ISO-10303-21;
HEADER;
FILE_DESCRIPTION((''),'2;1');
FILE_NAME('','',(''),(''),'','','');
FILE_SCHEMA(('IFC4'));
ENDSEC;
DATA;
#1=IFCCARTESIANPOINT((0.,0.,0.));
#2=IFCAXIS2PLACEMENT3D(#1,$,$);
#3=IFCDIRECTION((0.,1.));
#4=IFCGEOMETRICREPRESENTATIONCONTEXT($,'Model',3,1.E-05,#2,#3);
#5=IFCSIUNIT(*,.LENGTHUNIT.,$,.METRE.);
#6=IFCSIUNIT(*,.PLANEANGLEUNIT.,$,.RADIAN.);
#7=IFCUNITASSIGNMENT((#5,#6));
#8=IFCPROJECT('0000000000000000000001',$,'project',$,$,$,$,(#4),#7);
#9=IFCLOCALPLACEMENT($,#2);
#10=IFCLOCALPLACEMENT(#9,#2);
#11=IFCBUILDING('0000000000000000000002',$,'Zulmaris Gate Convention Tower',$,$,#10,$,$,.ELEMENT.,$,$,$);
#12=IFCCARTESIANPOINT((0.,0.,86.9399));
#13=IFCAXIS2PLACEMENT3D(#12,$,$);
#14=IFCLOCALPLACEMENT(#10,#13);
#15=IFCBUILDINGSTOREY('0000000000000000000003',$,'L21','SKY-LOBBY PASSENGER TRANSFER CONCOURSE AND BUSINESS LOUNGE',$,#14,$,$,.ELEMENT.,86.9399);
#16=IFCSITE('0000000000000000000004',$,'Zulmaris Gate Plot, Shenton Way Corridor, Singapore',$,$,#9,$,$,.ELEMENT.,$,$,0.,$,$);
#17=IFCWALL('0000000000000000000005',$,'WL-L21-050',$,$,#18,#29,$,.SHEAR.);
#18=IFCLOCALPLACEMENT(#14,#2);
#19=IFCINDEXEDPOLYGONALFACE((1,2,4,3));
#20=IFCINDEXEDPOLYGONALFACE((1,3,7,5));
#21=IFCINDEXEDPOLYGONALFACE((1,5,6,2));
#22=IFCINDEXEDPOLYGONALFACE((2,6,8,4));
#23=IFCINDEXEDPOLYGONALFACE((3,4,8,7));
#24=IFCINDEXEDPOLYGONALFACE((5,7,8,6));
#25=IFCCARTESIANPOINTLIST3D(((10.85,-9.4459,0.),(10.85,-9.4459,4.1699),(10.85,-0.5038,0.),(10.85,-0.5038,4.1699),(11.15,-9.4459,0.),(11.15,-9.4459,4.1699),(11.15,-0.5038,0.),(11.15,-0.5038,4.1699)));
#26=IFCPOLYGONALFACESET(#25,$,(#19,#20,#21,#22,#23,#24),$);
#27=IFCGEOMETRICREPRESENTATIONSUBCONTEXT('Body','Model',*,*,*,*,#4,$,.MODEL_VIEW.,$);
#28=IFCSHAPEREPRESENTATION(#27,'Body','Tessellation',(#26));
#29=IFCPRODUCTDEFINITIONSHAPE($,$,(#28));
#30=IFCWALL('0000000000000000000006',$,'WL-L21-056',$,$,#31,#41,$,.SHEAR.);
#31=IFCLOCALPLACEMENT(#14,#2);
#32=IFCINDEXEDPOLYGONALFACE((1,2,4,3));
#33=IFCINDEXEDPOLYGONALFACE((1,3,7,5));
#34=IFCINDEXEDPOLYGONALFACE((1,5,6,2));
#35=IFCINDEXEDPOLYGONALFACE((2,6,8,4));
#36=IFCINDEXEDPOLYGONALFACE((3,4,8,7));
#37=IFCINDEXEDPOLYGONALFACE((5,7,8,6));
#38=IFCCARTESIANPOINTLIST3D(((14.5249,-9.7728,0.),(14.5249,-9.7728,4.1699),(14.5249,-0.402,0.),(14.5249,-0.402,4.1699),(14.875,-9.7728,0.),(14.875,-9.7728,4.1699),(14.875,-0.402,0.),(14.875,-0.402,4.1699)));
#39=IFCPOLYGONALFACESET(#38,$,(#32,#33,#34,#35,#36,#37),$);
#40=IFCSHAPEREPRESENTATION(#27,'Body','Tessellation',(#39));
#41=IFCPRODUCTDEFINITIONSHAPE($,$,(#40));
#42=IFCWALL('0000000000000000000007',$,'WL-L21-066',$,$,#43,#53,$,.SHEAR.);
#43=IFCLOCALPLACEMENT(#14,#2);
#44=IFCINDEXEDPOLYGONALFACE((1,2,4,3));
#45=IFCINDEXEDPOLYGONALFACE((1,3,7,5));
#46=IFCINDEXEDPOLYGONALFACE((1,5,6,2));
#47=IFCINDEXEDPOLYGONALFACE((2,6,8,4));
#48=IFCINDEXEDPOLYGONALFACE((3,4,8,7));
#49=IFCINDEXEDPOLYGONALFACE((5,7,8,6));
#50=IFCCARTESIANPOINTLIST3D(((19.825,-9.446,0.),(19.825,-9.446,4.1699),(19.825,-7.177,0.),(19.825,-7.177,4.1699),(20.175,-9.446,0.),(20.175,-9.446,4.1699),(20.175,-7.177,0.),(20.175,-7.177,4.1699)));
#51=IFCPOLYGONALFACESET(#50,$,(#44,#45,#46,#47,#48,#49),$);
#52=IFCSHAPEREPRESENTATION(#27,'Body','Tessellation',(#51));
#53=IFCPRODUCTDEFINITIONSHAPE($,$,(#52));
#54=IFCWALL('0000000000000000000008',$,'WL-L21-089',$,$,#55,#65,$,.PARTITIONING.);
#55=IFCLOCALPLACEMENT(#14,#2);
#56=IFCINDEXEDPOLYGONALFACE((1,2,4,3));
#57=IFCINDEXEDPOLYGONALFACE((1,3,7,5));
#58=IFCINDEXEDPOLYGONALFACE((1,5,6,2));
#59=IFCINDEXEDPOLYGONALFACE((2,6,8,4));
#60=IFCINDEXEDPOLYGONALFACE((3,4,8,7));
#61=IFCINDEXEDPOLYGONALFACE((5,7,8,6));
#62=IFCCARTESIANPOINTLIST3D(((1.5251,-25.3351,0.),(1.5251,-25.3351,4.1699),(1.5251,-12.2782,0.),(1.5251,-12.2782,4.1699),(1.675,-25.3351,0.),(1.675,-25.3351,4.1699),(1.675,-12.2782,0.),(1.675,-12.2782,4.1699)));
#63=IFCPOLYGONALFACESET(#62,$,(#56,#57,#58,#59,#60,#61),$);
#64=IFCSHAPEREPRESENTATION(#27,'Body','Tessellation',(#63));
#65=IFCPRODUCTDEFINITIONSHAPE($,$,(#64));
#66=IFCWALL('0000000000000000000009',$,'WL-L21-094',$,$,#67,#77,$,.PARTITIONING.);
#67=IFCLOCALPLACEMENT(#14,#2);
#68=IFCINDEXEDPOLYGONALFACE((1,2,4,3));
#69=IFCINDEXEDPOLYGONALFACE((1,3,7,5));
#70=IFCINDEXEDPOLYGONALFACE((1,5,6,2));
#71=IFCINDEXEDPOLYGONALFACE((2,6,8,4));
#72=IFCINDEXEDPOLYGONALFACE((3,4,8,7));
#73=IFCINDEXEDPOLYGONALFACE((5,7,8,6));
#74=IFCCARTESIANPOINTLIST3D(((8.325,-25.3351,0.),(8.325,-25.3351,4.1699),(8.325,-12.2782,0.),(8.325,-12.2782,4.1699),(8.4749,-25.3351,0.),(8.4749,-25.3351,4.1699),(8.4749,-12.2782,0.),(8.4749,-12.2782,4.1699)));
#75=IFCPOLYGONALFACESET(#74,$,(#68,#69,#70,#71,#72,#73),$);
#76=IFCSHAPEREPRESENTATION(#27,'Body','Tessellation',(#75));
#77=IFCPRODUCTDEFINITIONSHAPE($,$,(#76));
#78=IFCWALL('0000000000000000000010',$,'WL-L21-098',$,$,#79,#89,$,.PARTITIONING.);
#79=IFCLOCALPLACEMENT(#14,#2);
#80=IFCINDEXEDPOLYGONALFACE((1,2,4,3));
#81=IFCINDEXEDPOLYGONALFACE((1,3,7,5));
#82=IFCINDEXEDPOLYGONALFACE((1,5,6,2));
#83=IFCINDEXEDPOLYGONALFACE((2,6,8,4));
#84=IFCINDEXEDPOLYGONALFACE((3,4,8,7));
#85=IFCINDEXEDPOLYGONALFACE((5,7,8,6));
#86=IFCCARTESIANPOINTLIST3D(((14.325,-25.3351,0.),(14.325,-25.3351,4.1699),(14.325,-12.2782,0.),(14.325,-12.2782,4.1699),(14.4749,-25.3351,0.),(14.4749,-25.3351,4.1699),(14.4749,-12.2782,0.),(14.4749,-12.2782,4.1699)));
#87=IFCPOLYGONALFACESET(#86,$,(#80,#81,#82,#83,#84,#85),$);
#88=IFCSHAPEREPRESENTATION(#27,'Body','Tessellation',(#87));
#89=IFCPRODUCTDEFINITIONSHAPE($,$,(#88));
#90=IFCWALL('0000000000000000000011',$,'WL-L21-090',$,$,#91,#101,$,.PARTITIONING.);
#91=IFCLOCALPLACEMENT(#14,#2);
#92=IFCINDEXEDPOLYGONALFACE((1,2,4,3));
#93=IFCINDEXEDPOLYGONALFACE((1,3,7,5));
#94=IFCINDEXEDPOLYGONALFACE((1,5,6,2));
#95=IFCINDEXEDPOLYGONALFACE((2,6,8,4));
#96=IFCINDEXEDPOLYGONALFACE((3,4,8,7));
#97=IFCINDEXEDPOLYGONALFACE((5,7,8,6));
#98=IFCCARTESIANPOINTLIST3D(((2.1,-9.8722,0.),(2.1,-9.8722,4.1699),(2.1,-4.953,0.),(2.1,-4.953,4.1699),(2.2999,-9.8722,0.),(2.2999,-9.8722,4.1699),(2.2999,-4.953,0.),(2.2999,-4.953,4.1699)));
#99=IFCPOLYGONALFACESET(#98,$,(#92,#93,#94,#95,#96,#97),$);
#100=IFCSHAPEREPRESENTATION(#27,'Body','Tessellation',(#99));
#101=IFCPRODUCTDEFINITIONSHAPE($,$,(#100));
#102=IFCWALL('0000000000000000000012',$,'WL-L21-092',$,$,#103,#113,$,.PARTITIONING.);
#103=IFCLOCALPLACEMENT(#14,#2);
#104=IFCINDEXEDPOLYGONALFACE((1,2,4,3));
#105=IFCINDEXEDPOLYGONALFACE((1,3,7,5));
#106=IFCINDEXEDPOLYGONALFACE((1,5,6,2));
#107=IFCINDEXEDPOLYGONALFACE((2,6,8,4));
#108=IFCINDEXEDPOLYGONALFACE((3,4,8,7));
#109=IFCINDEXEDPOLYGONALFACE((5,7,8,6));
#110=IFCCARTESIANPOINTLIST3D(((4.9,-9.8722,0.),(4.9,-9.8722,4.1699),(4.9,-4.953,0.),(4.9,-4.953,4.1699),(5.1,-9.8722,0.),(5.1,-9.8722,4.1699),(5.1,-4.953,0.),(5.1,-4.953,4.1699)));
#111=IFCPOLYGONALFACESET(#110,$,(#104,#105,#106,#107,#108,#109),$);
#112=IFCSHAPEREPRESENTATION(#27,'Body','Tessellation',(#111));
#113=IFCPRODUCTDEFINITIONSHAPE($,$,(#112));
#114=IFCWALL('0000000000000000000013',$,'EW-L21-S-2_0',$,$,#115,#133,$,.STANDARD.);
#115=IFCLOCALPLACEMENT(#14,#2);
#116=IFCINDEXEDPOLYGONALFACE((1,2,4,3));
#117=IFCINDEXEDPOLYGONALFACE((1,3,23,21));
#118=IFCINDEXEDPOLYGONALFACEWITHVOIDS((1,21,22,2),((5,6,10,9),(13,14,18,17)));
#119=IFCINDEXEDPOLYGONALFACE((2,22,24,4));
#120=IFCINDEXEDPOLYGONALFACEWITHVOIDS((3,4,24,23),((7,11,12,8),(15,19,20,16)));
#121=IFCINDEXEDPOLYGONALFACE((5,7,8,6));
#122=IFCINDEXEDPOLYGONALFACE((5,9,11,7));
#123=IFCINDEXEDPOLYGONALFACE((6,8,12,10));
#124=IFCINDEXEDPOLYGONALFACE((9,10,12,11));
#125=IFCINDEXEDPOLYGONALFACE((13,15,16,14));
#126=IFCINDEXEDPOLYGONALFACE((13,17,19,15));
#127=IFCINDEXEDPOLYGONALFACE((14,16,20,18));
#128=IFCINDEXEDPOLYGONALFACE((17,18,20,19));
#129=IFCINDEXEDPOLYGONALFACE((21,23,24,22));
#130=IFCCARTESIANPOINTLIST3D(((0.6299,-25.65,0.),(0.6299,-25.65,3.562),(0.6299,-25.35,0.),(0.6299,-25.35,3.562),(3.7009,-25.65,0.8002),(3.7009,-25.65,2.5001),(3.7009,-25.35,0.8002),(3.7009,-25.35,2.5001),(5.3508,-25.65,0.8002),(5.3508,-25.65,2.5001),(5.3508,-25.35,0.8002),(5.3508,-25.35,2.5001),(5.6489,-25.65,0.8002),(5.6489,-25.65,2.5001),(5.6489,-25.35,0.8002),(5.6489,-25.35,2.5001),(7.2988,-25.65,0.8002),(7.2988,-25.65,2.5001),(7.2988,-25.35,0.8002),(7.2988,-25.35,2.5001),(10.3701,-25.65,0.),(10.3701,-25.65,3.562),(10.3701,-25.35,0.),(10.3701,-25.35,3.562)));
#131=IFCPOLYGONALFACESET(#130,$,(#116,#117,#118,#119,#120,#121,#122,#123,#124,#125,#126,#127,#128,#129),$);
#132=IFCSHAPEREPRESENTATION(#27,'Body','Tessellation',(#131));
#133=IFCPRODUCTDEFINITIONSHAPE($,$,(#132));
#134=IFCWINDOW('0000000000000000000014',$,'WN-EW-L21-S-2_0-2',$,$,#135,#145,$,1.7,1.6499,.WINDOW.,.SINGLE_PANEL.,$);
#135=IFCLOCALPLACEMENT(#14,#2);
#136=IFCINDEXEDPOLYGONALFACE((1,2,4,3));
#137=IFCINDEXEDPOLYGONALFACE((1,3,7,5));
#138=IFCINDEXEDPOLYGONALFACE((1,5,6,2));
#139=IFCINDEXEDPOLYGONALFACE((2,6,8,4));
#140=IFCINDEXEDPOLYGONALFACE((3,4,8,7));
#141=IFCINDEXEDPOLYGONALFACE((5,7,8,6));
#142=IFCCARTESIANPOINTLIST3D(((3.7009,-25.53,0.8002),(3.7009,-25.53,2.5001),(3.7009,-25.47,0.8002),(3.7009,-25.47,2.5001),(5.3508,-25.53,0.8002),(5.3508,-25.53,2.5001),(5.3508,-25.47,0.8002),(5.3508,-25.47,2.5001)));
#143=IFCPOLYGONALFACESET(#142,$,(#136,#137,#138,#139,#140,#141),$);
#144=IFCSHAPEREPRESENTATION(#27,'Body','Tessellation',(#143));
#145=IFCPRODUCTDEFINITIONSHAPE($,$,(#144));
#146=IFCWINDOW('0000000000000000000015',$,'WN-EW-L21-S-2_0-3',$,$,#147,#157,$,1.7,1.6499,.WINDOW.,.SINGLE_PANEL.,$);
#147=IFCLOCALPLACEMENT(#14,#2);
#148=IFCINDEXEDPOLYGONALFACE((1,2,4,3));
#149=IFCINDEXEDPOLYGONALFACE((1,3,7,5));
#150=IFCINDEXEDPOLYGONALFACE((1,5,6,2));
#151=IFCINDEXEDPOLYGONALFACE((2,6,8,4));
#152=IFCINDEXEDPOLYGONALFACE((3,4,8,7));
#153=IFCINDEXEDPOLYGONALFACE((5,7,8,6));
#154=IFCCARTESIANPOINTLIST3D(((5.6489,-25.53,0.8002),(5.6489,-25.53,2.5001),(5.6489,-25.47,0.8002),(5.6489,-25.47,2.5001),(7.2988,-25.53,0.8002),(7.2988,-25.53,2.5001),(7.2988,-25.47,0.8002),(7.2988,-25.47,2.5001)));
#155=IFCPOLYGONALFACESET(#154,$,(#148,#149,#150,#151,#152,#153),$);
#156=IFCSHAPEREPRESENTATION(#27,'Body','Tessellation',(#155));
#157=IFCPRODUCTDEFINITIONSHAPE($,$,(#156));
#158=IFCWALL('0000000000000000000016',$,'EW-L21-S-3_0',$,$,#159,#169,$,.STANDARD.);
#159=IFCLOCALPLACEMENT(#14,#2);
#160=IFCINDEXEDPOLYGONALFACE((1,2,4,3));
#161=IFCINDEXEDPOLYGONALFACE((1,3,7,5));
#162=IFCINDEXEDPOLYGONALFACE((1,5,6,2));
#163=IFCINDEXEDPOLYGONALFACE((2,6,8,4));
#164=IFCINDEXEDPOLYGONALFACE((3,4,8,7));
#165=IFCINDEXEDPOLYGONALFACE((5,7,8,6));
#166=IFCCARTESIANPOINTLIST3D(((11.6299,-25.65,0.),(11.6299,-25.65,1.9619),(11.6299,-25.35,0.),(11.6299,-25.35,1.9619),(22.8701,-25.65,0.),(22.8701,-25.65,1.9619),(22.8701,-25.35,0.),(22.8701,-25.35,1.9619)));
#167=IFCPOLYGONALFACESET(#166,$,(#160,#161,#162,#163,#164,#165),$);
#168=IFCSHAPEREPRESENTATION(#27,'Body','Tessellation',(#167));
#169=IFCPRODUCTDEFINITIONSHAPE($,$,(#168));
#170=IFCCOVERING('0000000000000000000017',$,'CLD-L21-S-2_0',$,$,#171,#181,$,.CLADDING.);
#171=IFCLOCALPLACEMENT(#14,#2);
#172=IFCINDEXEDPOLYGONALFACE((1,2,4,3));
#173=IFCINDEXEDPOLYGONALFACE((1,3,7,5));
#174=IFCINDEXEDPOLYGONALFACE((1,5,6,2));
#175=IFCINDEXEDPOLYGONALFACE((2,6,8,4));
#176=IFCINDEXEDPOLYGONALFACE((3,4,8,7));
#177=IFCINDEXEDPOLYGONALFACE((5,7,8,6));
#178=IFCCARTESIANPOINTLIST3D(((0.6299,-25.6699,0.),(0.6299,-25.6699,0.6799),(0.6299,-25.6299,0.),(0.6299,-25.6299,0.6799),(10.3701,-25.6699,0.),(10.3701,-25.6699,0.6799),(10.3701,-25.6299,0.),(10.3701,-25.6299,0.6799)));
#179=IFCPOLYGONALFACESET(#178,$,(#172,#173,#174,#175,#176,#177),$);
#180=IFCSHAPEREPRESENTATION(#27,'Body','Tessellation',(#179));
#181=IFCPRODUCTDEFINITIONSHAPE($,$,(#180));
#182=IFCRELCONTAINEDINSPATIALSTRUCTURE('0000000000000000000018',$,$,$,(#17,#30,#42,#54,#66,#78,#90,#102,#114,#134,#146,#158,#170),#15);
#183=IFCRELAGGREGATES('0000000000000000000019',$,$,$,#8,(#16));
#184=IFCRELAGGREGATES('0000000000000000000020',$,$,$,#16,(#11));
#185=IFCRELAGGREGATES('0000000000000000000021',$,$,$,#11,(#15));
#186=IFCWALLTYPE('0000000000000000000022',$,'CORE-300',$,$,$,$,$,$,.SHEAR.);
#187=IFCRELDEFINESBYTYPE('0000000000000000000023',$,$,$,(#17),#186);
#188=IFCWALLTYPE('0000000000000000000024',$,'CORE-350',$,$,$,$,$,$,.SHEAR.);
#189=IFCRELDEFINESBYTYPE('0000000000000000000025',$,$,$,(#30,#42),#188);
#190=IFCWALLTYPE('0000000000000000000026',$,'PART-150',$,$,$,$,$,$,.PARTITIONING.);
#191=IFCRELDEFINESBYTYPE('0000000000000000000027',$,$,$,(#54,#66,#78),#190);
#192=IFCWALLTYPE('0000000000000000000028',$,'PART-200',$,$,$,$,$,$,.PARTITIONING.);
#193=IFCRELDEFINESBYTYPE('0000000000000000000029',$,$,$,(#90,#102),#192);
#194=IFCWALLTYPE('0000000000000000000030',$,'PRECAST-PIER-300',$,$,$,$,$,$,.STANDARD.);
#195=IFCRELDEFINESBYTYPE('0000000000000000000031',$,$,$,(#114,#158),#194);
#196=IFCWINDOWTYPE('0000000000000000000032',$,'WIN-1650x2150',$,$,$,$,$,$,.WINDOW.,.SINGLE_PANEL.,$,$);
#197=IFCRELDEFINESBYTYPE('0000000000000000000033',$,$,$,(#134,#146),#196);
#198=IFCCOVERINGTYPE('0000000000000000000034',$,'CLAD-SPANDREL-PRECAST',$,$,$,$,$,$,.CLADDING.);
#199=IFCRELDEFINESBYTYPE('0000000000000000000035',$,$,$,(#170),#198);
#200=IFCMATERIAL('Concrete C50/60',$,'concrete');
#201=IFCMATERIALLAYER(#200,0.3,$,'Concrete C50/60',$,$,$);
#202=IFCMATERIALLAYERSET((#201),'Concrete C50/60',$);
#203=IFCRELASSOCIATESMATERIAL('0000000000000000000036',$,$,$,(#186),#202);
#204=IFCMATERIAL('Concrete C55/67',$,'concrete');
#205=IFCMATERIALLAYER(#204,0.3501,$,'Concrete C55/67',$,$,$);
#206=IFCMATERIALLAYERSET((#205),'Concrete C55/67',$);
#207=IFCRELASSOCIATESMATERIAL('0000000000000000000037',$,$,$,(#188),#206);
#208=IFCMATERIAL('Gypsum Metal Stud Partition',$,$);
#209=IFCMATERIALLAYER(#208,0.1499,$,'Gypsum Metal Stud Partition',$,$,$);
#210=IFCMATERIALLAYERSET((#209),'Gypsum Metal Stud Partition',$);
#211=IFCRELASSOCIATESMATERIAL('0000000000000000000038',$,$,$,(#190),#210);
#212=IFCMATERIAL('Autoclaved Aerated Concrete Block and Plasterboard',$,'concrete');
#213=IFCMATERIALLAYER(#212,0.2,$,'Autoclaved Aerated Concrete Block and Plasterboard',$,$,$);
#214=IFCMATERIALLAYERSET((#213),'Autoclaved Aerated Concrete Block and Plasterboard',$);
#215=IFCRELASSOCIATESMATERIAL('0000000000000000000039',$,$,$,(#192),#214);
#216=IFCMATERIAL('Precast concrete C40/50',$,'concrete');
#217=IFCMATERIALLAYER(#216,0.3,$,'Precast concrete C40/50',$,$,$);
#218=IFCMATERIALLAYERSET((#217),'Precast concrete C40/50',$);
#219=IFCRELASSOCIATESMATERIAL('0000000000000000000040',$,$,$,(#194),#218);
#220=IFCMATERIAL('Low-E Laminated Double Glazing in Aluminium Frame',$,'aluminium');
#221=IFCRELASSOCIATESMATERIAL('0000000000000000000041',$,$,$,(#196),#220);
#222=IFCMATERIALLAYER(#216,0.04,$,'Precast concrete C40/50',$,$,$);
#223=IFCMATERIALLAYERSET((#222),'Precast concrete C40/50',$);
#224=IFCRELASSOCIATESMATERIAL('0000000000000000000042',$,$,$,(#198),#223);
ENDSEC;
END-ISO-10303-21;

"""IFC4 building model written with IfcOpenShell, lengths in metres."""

from ifc_helpers import new_model, si_unit, direction, frame, frame_2d, origin, place, context, subcontext, project, spatial, rectangle, extrude, material, layer, layer_set, type_object, element, fill, save


model = new_model("IFC4")

# Units and contexts
model_context = context("Model", 3, precision=1e-05, world=origin(), true_north=direction((0.0, 1.0)))
body_context = subcontext(model_context, "Body", "Model", "MODEL_VIEW")
ifc_project = project(units=[si_unit("LENGTHUNIT", "METRE"), si_unit("PLANEANGLEUNIT", "RADIAN")], contexts=[model_context])

# Site, building, storey
site_placement = place(None, origin())
site = spatial("IfcSite", under=ifc_project, at=site_placement, Name="Zulmaris Gate Plot, Shenton Way Corridor, Singapore", CompositionType="ELEMENT", RefElevation=0.0)
building_placement = place(site_placement, origin())
building = spatial("IfcBuilding", under=site, at=building_placement, Name="Zulmaris Gate Convention Tower", CompositionType="ELEMENT")
storey_placement = place(building_placement, frame((0.0, 0.0, 86.9399)))
storey = spatial("IfcBuildingStorey", under=building, at=storey_placement, Name="L21", Description="SKY-LOBBY PASSENGER TRANSFER CONCOURSE AND BUSINESS LOUNGE", CompositionType="ELEMENT", Elevation=86.9399)

# Shared definitions
ifc_material_1 = material(Name="Concrete C50/60", Category="concrete")

# Wall
ifc_layer_1 = layer(ifc_material_1, 0.3, Name="Concrete C50/60")
ifc_layer_set_1 = layer_set([ifc_layer_1], Name="Concrete C50/60")
wall_type_1 = type_object("IfcWallType", Name="CORE-300", PredefinedType="SHEAR", material=ifc_layer_set_1)
wall_1_placement = place(storey_placement, frame((11.0, -9.446, 0.0), z_axis=(0.0, 0.0, 1.0), x_axis=(0.0, 1.0, 0.0)))
element("IfcWall", 1, at=wall_1_placement, inside=storey, type_object=wall_type_1, Name="WL-L21-050", PredefinedType="SHEAR", context=body_context, shape_type="SweptSolid", body=[
    extrude(rectangle(XDim=8.9421, YDim=0.3, at=frame_2d((4.4712, 0.0))), origin(), (0.0, 0.0, 1.0), 4.1699),
])

# Shared definitions
ifc_material_2 = material(Name="Concrete C55/67", Category="concrete")
ifc_layer_2 = layer(ifc_material_2, 0.3501, Name="Concrete C55/67")
ifc_layer_set_2 = layer_set([ifc_layer_2], Name="Concrete C55/67")
wall_type_2 = type_object("IfcWallType", Name="CORE-350", PredefinedType="SHEAR", material=ifc_layer_set_2)

# Walls
wall_2_placement = place(storey_placement, frame((14.7, -9.7729, 0.0), z_axis=(0.0, 0.0, 1.0), x_axis=(0.0, 1.0, 0.0)))
element("IfcWall", 2, at=wall_2_placement, inside=storey, type_object=wall_type_2, Name="WL-L21-056", PredefinedType="SHEAR", context=body_context, shape_type="SweptSolid", body=[
    extrude(rectangle(XDim=9.3708, YDim=0.3501, at=frame_2d((4.6855, 0.0))), origin(), (0.0, 0.0, 1.0), 4.1699),
])
wall_3_placement = place(storey_placement, frame((20.0, -9.446, 0.0), z_axis=(0.0, 0.0, 1.0), x_axis=(0.0, 1.0, 0.0)))
element("IfcWall", 3, at=wall_3_placement, inside=storey, type_object=wall_type_2, Name="WL-L21-066", PredefinedType="SHEAR", context=body_context, shape_type="SweptSolid", body=[
    extrude(rectangle(XDim=2.269, YDim=0.3501, at=frame_2d((1.1345, 0.0))), origin(), (0.0, 0.0, 1.0), 4.1699),
])
ifc_material_3 = material(Name="Gypsum Metal Stud Partition")
ifc_layer_3 = layer(ifc_material_3, 0.1499, Name="Gypsum Metal Stud Partition")
ifc_layer_set_3 = layer_set([ifc_layer_3], Name="Gypsum Metal Stud Partition")
wall_type_3 = type_object("IfcWallType", Name="PART-150", PredefinedType="PARTITIONING", material=ifc_layer_set_3)
for number, where, z_axis, x_axis, name in (
    (4, (1.6001, -25.335, 0.0), (0.0, 0.0, 1.0), (0.0, 1.0, 0.0), "WL-L21-089"),
    (5, (8.3999, -25.335, 0.0), (0.0, 0.0, 1.0), (0.0, 1.0, 0.0), "WL-L21-094"),
    (6, (14.3999, -25.335, 0.0), (0.0, 0.0, 1.0), (0.0, 1.0, 0.0), "WL-L21-098"),
):
    element("IfcWall", number, at=place(storey_placement, frame(where, z_axis=z_axis, x_axis=x_axis)), inside=storey, type_object=wall_type_3, Name=name, PredefinedType="PARTITIONING", context=body_context, shape_type="SweptSolid", body=[
        extrude(rectangle(XDim=13.0569, YDim=0.1499, at=frame_2d((6.5283, 0.0))), origin(), (0.0, 0.0, 1.0), 4.1699),
    ])

# Walls
ifc_material_4 = material(Name="Autoclaved Aerated Concrete Block and Plasterboard", Category="concrete")
ifc_layer_4 = layer(ifc_material_4, 0.2, Name="Autoclaved Aerated Concrete Block and Plasterboard")
ifc_layer_set_4 = layer_set([ifc_layer_4], Name="Autoclaved Aerated Concrete Block and Plasterboard")
wall_type_4 = type_object("IfcWallType", Name="PART-200", PredefinedType="PARTITIONING", material=ifc_layer_set_4)
for number, where, z_axis, x_axis, name in (
    (7, (2.2, -9.8721, 0.0), (0.0, 0.0, 1.0), (0.0, 1.0, 0.0), "WL-L21-090"),
    (8, (5.0, -9.8721, 0.0), (0.0, 0.0, 1.0), (0.0, 1.0, 0.0), "WL-L21-092"),
):
    element("IfcWall", number, at=place(storey_placement, frame(where, z_axis=z_axis, x_axis=x_axis)), inside=storey, type_object=wall_type_4, Name=name, PredefinedType="PARTITIONING", context=body_context, shape_type="SweptSolid", body=[
        extrude(rectangle(XDim=4.9192, YDim=0.2, at=frame_2d((2.4595, 0.0))), origin(), (0.0, 0.0, 1.0), 4.1699),
    ])

# Wall, openings, windows
ifc_material_5 = material(Name="Precast concrete C40/50", Category="concrete")
ifc_layer_5 = layer(ifc_material_5, 0.3, Name="Precast concrete C40/50")
ifc_layer_set_5 = layer_set([ifc_layer_5], Name="Precast concrete C40/50")
wall_type_5 = type_object("IfcWallType", Name="PRECAST-PIER-300", PredefinedType="STANDARD", material=ifc_layer_set_5)
wall_4_placement = place(storey_placement, frame((0.6299, -25.5, 0.0), z_axis=(0.0, 0.0, 1.0), x_axis=(1.0, 0.0, 0.0)))
wall_4 = element("IfcWall", 9, at=wall_4_placement, inside=storey, type_object=wall_type_5, Name="EW-L21-S-2_0", PredefinedType="STANDARD", context=body_context, shape_type="SweptSolid", body=[
    extrude(rectangle(XDim=9.7402, YDim=0.3, at=frame_2d((4.8701, 0.0))), origin(), (0.0, 0.0, 1.0), 3.562),
])
opening_1_placement = place(wall_4_placement, frame((3.071, 0.0, 0.8)))
opening_1 = element("IfcOpeningElement", 10, at=opening_1_placement, cuts=wall_4, PredefinedType="OPENING", context=body_context, shape_type="SweptSolid", body=[
    extrude(rectangle(XDim=1.6499, YDim=1.7, at=frame_2d((0.825, 0.8501))), frame((0.0, 0.1602, 0.0), z_axis=(0.0, -1.0, 0.0), x_axis=(1.0, 0.0, 0.0)), (0.0, 0.0, 1.0), 0.3201),
])
opening_2_placement = place(wall_4_placement, frame((5.019, 0.0, 0.8)))
opening_2 = element("IfcOpeningElement", 11, at=opening_2_placement, cuts=wall_4, PredefinedType="OPENING", context=body_context, shape_type="SweptSolid", body=[
    extrude(rectangle(XDim=1.6499, YDim=1.7, at=frame_2d((0.825, 0.8501))), frame((0.0, 0.1602, 0.0), z_axis=(0.0, -1.0, 0.0), x_axis=(1.0, 0.0, 0.0)), (0.0, 0.0, 1.0), 0.3201),
])
ifc_material_6 = material(Name="Low-E Laminated Double Glazing in Aluminium Frame", Category="aluminium")
window_type = type_object("IfcWindowType", Name="WIN-1650x2150", PartitioningType="SINGLE_PANEL", PredefinedType="WINDOW", material=ifc_material_6)
window_1_placement = place(opening_1_placement, origin())
window_1 = element("IfcWindow", 12, at=window_1_placement, inside=storey, type_object=window_type, Name="WN-EW-L21-S-2_0-2", OverallHeight=1.7, OverallWidth=1.6499, PartitioningType="SINGLE_PANEL", PredefinedType="WINDOW", context=body_context, shape_type="SweptSolid", body=[
    extrude(rectangle(XDim=1.6499, YDim=1.7, at=frame_2d((0.825, 0.8501))), frame((0.0, 0.03, 0.0), z_axis=(0.0, -1.0, 0.0), x_axis=(1.0, 0.0, 0.0)), (0.0, 0.0, 1.0), 0.0601),
])
fill(opening_1, window_1)
window_2_placement = place(opening_2_placement, origin())
window_2 = element("IfcWindow", 13, at=window_2_placement, inside=storey, type_object=window_type, Name="WN-EW-L21-S-2_0-3", OverallHeight=1.7, OverallWidth=1.6499, PartitioningType="SINGLE_PANEL", PredefinedType="WINDOW", context=body_context, shape_type="SweptSolid", body=[
    extrude(rectangle(XDim=1.6499, YDim=1.7, at=frame_2d((0.825, 0.8501))), frame((0.0, 0.03, 0.0), z_axis=(0.0, -1.0, 0.0), x_axis=(1.0, 0.0, 0.0)), (0.0, 0.0, 1.0), 0.0601),
])
fill(opening_2, window_2)

# Wall
wall_5_placement = place(storey_placement, frame((11.6299, -25.5, 0.0), z_axis=(0.0, 0.0, 1.0), x_axis=(1.0, 0.0, 0.0)))
element("IfcWall", 14, at=wall_5_placement, inside=storey, type_object=wall_type_5, Name="EW-L21-S-3_0", PredefinedType="STANDARD", context=body_context, shape_type="SweptSolid", body=[
    extrude(rectangle(XDim=11.2402, YDim=0.3, at=frame_2d((5.6201, 0.0))), origin(), (0.0, 0.0, 1.0), 1.9619),
])

# Covering
ifc_layer_6 = layer(ifc_material_5, 0.04, Name="Precast concrete C40/50")
ifc_layer_set_6 = layer_set([ifc_layer_6], Name="Precast concrete C40/50")
covering_type = type_object("IfcCoveringType", Name="CLAD-SPANDREL-PRECAST", PredefinedType="CLADDING", material=ifc_layer_set_6)
covering_1_placement = place(storey_placement, frame((0.6299, -25.6499, 0.0), z_axis=(0.0, 0.0, 1.0), x_axis=(1.0, 0.0, 0.0)))
element("IfcCovering", 15, at=covering_1_placement, inside=storey, type_object=covering_type, Name="CLD-L21-S-2_0", PredefinedType="CLADDING", context=body_context, shape_type="SweptSolid", body=[
    extrude(rectangle(XDim=9.7402, YDim=0.04, at=frame_2d((4.8701, 0.0))), origin(), (0.0, 0.0, 1.0), 0.6799),
])

save(model, "model.ifc")
